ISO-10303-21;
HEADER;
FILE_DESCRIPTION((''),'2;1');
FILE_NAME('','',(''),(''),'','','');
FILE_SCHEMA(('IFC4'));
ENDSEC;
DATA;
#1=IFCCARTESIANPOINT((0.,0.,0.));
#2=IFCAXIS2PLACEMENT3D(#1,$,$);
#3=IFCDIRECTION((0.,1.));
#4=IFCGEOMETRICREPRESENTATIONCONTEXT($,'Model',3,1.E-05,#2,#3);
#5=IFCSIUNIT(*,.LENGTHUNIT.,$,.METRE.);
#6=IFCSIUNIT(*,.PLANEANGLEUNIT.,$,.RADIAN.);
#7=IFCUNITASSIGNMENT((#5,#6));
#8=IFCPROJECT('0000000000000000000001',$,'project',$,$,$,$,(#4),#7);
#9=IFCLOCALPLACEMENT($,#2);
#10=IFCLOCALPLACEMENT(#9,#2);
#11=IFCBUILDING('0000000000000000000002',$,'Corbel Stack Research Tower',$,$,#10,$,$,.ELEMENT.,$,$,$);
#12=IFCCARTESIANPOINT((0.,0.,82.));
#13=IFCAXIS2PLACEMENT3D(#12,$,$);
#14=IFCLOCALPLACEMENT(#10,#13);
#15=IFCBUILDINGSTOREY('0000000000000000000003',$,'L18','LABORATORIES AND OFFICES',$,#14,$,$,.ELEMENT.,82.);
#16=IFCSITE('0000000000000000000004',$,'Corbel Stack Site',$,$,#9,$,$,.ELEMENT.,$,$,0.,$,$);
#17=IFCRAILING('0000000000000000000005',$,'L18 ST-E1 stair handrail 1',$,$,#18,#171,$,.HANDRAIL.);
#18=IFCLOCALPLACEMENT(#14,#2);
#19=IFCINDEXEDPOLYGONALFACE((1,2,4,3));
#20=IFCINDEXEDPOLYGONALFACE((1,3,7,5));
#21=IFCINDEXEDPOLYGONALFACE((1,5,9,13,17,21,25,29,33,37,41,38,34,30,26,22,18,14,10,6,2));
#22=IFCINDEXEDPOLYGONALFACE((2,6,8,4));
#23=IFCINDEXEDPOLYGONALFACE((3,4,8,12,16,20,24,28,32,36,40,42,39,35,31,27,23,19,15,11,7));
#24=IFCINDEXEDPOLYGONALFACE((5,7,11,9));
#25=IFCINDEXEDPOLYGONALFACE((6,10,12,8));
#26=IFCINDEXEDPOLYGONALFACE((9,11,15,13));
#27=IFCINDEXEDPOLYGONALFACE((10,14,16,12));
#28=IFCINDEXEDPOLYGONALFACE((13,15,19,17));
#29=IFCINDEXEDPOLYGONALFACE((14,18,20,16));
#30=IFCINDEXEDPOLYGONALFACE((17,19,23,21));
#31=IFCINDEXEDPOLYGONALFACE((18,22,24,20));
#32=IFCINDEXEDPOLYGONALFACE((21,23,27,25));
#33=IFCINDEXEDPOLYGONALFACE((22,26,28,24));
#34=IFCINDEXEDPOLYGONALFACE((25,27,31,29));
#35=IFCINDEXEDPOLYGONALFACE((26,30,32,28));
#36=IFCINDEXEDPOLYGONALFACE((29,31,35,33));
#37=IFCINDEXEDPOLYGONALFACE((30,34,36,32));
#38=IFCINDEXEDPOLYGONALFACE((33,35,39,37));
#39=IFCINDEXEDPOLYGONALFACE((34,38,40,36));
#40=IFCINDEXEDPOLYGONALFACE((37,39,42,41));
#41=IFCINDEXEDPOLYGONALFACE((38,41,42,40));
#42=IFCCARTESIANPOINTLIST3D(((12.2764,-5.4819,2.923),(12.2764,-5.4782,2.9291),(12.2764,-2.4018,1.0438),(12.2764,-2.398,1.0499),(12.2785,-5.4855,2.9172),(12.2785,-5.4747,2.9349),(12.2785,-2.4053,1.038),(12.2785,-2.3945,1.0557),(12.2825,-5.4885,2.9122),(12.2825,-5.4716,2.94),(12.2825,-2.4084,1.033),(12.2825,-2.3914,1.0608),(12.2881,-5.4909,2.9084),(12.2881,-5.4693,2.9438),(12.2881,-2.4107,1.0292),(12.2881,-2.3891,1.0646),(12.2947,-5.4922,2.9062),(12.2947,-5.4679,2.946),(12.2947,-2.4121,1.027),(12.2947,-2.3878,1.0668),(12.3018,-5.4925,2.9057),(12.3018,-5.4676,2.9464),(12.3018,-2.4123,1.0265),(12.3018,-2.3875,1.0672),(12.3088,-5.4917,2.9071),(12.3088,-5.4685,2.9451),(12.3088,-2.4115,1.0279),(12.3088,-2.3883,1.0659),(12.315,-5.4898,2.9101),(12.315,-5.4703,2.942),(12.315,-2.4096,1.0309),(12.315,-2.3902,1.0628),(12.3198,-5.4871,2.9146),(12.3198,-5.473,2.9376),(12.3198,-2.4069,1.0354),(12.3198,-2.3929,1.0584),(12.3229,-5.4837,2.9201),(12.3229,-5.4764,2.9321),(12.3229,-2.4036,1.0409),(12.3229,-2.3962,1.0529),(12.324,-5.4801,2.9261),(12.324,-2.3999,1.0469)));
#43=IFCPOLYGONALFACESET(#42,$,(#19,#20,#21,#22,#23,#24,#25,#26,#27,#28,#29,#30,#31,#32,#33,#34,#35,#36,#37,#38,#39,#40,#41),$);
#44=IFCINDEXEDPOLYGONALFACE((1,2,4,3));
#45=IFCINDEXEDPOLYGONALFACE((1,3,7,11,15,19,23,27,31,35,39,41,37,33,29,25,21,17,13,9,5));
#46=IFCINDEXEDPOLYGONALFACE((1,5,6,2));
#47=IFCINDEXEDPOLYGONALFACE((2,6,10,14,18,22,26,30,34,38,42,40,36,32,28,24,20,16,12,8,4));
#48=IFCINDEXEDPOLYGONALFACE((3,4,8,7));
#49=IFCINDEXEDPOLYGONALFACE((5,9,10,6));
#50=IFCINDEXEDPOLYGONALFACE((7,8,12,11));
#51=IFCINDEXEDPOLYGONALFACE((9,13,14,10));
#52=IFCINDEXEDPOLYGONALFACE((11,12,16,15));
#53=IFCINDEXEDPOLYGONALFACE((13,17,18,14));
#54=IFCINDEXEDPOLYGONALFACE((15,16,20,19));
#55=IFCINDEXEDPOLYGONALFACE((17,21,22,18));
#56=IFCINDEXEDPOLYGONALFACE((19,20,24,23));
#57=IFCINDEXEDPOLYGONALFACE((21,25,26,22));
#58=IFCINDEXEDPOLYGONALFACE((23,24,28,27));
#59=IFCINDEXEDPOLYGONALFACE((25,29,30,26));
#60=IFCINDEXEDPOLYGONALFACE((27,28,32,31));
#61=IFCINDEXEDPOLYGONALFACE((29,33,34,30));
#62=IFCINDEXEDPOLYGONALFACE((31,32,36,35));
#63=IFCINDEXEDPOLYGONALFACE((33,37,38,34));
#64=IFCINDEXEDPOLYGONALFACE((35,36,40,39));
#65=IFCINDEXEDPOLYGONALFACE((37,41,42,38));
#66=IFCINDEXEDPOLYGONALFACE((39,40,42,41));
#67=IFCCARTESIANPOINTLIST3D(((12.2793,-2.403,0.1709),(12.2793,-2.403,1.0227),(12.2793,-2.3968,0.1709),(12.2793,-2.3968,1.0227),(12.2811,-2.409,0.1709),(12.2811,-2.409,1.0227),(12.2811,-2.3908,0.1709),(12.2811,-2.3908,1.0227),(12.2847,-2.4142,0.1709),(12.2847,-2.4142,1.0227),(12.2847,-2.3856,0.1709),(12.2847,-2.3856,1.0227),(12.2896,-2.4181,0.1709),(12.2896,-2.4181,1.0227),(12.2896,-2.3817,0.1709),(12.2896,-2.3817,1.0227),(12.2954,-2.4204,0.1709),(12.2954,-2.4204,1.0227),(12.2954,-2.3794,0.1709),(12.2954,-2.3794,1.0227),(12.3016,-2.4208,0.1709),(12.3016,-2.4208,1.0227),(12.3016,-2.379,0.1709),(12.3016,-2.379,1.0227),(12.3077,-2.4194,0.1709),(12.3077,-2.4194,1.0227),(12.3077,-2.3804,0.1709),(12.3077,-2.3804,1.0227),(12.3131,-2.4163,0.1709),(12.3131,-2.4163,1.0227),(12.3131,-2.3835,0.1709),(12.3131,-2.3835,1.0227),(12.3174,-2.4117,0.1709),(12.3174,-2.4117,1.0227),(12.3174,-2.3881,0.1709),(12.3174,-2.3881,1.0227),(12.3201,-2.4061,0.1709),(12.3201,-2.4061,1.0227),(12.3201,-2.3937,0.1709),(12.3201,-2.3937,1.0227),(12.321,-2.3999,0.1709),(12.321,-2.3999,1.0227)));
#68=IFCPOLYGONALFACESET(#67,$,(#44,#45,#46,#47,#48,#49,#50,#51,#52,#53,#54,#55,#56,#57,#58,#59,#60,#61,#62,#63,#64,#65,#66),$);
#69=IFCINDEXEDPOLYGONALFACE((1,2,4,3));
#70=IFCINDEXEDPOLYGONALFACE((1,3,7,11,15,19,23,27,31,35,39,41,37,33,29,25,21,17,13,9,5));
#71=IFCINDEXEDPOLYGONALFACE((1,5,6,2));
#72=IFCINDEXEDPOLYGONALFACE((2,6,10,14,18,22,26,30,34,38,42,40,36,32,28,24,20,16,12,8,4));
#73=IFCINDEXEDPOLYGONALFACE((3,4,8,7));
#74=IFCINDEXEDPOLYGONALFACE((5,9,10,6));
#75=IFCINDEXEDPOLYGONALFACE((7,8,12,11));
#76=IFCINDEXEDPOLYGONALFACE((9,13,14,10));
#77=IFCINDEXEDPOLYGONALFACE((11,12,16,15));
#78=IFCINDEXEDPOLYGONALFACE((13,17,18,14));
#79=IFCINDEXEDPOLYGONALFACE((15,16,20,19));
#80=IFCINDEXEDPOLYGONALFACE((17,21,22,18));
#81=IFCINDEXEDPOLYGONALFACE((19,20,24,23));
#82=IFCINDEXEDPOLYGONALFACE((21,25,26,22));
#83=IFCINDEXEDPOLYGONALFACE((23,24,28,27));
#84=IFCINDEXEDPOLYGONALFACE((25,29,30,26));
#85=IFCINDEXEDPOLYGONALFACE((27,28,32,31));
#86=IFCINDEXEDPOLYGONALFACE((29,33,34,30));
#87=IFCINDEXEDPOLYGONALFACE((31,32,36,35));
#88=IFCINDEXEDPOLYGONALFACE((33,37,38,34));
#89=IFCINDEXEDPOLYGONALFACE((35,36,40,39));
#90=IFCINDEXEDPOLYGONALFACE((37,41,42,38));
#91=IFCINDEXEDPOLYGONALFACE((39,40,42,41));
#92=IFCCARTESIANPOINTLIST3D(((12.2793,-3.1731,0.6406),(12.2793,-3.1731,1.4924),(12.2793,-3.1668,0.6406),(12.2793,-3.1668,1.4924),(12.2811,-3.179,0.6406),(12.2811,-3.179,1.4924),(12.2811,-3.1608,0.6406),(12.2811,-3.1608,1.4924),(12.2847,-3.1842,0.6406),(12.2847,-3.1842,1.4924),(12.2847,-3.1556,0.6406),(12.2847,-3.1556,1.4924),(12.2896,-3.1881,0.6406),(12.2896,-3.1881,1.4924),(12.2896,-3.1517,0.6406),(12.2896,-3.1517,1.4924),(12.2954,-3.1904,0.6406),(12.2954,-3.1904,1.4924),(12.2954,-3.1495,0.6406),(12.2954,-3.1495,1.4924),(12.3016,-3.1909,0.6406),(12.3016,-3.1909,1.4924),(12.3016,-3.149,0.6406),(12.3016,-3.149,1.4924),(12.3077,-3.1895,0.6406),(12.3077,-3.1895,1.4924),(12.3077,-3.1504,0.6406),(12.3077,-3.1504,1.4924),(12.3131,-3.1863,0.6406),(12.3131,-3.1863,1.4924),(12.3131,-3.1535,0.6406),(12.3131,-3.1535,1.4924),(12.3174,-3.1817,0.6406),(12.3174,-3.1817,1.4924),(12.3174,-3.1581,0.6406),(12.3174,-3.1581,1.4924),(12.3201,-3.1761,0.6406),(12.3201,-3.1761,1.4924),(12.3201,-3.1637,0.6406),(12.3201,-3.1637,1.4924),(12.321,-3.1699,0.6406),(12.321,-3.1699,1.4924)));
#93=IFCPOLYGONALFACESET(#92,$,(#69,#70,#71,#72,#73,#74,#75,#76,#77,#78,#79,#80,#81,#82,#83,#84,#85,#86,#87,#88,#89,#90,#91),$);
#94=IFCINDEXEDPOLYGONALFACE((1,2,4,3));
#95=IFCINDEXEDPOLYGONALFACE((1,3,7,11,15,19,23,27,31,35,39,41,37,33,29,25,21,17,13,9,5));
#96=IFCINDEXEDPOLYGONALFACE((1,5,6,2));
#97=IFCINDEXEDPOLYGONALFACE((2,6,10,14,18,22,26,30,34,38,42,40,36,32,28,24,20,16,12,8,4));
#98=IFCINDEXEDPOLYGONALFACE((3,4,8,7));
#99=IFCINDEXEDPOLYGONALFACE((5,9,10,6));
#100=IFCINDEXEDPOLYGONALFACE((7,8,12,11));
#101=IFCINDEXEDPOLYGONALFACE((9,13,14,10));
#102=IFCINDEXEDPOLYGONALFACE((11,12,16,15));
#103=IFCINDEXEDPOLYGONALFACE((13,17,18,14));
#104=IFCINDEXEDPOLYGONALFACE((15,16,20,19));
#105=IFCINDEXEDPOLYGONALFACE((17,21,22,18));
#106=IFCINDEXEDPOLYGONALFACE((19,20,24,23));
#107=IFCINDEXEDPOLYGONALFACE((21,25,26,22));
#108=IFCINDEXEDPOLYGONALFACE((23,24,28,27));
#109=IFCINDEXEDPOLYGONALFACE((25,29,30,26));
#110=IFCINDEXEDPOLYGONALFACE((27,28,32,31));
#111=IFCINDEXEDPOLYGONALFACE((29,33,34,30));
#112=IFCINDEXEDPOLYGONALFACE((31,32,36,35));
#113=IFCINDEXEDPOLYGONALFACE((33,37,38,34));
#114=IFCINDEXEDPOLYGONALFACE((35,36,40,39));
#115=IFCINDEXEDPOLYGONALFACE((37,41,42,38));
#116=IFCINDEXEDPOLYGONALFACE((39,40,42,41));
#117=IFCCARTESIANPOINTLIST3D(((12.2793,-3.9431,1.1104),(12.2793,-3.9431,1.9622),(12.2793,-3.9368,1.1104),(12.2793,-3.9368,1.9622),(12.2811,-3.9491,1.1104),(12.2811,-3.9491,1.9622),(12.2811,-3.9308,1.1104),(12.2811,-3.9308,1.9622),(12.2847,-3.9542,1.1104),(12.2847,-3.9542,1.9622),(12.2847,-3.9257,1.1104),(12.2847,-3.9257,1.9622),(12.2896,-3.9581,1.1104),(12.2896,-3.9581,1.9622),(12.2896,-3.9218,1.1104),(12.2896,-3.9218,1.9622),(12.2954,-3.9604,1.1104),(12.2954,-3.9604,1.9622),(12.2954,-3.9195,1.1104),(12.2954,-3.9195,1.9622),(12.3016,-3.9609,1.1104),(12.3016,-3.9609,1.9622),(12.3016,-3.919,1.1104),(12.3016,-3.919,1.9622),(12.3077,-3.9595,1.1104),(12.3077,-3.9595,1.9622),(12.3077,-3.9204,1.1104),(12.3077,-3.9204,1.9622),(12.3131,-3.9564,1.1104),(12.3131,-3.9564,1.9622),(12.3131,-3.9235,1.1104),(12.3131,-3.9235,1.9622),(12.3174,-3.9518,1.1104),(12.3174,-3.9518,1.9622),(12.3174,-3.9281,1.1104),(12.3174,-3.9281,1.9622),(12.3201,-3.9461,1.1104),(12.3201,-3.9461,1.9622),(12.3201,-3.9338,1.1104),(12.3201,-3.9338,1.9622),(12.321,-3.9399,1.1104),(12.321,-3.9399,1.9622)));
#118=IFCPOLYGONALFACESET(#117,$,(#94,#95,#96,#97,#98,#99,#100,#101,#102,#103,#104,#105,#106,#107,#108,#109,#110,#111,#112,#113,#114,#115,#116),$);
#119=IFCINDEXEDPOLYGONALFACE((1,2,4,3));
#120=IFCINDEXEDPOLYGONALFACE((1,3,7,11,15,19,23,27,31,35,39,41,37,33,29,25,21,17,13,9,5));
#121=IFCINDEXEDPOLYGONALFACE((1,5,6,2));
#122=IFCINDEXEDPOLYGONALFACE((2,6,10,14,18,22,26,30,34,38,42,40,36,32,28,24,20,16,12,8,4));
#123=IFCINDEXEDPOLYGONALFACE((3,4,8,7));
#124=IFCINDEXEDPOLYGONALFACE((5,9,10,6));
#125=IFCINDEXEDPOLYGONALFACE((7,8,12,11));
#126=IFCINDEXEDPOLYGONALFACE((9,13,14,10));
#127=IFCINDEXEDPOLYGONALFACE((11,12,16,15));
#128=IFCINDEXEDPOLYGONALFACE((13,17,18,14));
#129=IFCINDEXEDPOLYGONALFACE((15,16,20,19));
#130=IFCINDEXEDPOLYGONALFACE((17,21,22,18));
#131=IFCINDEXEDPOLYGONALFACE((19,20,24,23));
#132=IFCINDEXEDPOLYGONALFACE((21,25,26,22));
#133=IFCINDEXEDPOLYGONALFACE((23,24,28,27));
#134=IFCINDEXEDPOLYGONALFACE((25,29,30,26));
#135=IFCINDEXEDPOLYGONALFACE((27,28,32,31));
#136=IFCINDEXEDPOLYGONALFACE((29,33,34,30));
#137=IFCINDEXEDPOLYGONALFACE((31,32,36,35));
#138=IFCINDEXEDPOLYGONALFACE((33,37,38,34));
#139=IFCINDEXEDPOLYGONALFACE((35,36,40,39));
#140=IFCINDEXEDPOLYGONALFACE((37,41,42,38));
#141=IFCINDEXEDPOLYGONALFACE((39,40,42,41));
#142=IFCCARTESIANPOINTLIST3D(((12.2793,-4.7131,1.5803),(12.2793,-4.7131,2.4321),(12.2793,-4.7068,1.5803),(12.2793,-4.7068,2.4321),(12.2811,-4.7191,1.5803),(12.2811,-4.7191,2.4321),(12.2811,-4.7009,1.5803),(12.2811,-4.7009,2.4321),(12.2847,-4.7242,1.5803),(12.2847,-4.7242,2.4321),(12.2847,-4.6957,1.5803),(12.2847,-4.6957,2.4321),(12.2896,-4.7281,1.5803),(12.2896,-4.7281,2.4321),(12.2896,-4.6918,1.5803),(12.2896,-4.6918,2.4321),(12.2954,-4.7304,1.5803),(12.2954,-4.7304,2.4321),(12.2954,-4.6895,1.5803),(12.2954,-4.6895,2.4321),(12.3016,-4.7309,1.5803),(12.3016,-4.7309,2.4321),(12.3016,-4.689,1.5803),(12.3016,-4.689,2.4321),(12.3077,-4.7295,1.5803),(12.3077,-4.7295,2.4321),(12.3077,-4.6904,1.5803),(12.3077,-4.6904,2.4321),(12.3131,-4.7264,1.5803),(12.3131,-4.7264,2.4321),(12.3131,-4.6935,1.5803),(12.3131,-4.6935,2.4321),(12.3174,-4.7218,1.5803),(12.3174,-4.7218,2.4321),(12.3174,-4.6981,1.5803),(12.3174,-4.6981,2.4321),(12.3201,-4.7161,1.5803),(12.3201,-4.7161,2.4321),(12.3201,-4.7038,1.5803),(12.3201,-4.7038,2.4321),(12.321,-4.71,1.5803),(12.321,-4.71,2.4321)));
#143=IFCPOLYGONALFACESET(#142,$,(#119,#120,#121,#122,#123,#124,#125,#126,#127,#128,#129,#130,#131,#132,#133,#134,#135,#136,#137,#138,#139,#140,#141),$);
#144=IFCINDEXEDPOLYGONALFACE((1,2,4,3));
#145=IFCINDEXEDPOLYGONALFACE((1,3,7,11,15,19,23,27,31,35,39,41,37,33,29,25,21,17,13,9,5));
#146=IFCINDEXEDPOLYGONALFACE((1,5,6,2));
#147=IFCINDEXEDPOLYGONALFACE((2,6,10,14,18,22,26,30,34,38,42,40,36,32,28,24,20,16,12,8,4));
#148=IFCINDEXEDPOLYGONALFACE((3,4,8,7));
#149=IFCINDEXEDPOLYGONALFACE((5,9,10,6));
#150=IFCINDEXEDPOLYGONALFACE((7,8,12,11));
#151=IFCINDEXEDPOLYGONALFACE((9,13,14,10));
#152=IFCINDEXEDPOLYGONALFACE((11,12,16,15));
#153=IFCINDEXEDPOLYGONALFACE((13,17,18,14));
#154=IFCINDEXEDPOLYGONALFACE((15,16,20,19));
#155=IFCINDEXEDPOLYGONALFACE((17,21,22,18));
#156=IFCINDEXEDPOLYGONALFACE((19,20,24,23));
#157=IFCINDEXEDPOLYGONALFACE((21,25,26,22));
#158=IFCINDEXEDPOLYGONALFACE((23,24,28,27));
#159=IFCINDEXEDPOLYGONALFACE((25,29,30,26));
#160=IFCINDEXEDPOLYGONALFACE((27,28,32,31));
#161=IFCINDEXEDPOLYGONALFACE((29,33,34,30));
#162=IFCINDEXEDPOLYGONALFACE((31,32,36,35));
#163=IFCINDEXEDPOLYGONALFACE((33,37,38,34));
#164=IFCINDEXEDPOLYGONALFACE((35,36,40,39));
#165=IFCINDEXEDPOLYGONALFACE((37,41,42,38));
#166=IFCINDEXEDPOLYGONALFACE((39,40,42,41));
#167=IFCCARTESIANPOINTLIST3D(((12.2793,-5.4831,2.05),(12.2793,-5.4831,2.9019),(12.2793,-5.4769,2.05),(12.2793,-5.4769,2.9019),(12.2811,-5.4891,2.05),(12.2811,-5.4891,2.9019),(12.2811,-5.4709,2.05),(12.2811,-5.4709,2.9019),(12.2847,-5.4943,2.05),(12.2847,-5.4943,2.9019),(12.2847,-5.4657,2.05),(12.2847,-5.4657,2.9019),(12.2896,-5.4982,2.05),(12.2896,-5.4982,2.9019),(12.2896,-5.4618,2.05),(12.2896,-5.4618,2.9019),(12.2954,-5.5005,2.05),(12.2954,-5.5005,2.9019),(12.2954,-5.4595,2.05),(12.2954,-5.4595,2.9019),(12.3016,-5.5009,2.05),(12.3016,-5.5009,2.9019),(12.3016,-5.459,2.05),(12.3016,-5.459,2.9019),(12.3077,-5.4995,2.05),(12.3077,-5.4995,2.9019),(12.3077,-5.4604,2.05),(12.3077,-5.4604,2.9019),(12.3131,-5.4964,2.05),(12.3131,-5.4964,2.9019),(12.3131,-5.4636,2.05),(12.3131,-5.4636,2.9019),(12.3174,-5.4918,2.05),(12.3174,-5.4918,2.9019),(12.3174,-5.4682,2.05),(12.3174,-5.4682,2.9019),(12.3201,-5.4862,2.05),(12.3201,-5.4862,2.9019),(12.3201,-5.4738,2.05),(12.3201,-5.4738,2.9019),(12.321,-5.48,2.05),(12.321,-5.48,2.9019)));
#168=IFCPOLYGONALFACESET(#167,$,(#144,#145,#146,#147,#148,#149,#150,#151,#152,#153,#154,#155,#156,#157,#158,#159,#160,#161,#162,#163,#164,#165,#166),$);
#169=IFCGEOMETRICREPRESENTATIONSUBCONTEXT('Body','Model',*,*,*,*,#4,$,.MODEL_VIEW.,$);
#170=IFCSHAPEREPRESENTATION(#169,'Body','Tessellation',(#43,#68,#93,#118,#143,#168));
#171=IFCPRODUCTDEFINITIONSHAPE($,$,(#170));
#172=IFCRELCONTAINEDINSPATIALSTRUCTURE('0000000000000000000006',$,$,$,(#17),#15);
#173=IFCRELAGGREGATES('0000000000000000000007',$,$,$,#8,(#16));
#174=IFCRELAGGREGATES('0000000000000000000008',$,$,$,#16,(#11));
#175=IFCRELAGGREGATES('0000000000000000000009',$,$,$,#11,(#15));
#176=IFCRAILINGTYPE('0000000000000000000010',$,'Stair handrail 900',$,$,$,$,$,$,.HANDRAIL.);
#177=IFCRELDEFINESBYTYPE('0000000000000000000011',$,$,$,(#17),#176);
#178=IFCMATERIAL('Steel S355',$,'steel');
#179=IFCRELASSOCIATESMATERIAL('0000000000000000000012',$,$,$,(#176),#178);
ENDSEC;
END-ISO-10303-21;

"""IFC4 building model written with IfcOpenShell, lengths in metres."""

from ifc_helpers import new_model, si_unit, direction, frame, origin, origin_2d, place, context, subcontext, project, spatial, circle, extrude, material, type_object, element, save


model = new_model("IFC4")

# Units and contexts
model_context = context("Model", 3, precision=1e-05, world=origin(), true_north=direction((0.0, 1.0)))
body_context = subcontext(model_context, "Body", "Model", "MODEL_VIEW")
ifc_project = project(units=[si_unit("LENGTHUNIT", "METRE"), si_unit("PLANEANGLEUNIT", "RADIAN")], contexts=[model_context])

# Site, building, storey
site_placement = place(None, origin())
site = spatial("IfcSite", under=ifc_project, at=site_placement, Name="Corbel Stack Site", CompositionType="ELEMENT", RefElevation=0.0)
building_placement = place(site_placement, origin())
building = spatial("IfcBuilding", under=site, at=building_placement, Name="Corbel Stack Research Tower", CompositionType="ELEMENT")
storey_placement = place(building_placement, frame((0.0, 0.0, 82.0)))
storey = spatial("IfcBuildingStorey", under=building, at=storey_placement, Name="L18", Description="LABORATORIES AND OFFICES", CompositionType="ELEMENT", Elevation=82.0)

# Railing
ifc_material_1 = material(Name="Steel S355", Category="steel")
railing_type_1 = type_object("IfcRailingType", Name="Stair handrail 900", PredefinedType="HANDRAIL", material=ifc_material_1)
railing_1_placement = place(storey_placement, frame((12.3, -2.3999, 0.1709)))
element("IfcRailing", 1, at=railing_1_placement, inside=storey, type_object=railing_type_1, Name="L18 ST-E1 stair handrail 1", PredefinedType="HANDRAIL", context=body_context, shape_type="SweptSolid", body=[
    extrude(circle(Radius=0.0239, at=origin_2d()), frame((0.0, 0.0, 0.876), z_axis=(0.0, -0.853666, 0.52082), x_axis=(1.0, 0.0, 0.0)), (0.0, 0.0, 1.0), 3.6082),
    extrude(circle(Radius=0.021, at=origin_2d()), origin(), (0.0, 0.0, 1.0), 0.8518),
    extrude(circle(Radius=0.021, at=origin_2d()), frame((0.0, -0.77, 0.4697)), (0.0, 0.0, 1.0), 0.8518),
    extrude(circle(Radius=0.021, at=origin_2d()), frame((0.0, -1.54, 0.9395)), (0.0, 0.0, 1.0), 0.8518),
    extrude(circle(Radius=0.021, at=origin_2d()), frame((0.0, -2.3101, 1.4094)), (0.0, 0.0, 1.0), 0.8518),
    extrude(circle(Radius=0.021, at=origin_2d()), frame((0.0, -3.0801, 1.8792)), (0.0, 0.0, 1.0), 0.8518),
])

save(model, "model.ifc")
